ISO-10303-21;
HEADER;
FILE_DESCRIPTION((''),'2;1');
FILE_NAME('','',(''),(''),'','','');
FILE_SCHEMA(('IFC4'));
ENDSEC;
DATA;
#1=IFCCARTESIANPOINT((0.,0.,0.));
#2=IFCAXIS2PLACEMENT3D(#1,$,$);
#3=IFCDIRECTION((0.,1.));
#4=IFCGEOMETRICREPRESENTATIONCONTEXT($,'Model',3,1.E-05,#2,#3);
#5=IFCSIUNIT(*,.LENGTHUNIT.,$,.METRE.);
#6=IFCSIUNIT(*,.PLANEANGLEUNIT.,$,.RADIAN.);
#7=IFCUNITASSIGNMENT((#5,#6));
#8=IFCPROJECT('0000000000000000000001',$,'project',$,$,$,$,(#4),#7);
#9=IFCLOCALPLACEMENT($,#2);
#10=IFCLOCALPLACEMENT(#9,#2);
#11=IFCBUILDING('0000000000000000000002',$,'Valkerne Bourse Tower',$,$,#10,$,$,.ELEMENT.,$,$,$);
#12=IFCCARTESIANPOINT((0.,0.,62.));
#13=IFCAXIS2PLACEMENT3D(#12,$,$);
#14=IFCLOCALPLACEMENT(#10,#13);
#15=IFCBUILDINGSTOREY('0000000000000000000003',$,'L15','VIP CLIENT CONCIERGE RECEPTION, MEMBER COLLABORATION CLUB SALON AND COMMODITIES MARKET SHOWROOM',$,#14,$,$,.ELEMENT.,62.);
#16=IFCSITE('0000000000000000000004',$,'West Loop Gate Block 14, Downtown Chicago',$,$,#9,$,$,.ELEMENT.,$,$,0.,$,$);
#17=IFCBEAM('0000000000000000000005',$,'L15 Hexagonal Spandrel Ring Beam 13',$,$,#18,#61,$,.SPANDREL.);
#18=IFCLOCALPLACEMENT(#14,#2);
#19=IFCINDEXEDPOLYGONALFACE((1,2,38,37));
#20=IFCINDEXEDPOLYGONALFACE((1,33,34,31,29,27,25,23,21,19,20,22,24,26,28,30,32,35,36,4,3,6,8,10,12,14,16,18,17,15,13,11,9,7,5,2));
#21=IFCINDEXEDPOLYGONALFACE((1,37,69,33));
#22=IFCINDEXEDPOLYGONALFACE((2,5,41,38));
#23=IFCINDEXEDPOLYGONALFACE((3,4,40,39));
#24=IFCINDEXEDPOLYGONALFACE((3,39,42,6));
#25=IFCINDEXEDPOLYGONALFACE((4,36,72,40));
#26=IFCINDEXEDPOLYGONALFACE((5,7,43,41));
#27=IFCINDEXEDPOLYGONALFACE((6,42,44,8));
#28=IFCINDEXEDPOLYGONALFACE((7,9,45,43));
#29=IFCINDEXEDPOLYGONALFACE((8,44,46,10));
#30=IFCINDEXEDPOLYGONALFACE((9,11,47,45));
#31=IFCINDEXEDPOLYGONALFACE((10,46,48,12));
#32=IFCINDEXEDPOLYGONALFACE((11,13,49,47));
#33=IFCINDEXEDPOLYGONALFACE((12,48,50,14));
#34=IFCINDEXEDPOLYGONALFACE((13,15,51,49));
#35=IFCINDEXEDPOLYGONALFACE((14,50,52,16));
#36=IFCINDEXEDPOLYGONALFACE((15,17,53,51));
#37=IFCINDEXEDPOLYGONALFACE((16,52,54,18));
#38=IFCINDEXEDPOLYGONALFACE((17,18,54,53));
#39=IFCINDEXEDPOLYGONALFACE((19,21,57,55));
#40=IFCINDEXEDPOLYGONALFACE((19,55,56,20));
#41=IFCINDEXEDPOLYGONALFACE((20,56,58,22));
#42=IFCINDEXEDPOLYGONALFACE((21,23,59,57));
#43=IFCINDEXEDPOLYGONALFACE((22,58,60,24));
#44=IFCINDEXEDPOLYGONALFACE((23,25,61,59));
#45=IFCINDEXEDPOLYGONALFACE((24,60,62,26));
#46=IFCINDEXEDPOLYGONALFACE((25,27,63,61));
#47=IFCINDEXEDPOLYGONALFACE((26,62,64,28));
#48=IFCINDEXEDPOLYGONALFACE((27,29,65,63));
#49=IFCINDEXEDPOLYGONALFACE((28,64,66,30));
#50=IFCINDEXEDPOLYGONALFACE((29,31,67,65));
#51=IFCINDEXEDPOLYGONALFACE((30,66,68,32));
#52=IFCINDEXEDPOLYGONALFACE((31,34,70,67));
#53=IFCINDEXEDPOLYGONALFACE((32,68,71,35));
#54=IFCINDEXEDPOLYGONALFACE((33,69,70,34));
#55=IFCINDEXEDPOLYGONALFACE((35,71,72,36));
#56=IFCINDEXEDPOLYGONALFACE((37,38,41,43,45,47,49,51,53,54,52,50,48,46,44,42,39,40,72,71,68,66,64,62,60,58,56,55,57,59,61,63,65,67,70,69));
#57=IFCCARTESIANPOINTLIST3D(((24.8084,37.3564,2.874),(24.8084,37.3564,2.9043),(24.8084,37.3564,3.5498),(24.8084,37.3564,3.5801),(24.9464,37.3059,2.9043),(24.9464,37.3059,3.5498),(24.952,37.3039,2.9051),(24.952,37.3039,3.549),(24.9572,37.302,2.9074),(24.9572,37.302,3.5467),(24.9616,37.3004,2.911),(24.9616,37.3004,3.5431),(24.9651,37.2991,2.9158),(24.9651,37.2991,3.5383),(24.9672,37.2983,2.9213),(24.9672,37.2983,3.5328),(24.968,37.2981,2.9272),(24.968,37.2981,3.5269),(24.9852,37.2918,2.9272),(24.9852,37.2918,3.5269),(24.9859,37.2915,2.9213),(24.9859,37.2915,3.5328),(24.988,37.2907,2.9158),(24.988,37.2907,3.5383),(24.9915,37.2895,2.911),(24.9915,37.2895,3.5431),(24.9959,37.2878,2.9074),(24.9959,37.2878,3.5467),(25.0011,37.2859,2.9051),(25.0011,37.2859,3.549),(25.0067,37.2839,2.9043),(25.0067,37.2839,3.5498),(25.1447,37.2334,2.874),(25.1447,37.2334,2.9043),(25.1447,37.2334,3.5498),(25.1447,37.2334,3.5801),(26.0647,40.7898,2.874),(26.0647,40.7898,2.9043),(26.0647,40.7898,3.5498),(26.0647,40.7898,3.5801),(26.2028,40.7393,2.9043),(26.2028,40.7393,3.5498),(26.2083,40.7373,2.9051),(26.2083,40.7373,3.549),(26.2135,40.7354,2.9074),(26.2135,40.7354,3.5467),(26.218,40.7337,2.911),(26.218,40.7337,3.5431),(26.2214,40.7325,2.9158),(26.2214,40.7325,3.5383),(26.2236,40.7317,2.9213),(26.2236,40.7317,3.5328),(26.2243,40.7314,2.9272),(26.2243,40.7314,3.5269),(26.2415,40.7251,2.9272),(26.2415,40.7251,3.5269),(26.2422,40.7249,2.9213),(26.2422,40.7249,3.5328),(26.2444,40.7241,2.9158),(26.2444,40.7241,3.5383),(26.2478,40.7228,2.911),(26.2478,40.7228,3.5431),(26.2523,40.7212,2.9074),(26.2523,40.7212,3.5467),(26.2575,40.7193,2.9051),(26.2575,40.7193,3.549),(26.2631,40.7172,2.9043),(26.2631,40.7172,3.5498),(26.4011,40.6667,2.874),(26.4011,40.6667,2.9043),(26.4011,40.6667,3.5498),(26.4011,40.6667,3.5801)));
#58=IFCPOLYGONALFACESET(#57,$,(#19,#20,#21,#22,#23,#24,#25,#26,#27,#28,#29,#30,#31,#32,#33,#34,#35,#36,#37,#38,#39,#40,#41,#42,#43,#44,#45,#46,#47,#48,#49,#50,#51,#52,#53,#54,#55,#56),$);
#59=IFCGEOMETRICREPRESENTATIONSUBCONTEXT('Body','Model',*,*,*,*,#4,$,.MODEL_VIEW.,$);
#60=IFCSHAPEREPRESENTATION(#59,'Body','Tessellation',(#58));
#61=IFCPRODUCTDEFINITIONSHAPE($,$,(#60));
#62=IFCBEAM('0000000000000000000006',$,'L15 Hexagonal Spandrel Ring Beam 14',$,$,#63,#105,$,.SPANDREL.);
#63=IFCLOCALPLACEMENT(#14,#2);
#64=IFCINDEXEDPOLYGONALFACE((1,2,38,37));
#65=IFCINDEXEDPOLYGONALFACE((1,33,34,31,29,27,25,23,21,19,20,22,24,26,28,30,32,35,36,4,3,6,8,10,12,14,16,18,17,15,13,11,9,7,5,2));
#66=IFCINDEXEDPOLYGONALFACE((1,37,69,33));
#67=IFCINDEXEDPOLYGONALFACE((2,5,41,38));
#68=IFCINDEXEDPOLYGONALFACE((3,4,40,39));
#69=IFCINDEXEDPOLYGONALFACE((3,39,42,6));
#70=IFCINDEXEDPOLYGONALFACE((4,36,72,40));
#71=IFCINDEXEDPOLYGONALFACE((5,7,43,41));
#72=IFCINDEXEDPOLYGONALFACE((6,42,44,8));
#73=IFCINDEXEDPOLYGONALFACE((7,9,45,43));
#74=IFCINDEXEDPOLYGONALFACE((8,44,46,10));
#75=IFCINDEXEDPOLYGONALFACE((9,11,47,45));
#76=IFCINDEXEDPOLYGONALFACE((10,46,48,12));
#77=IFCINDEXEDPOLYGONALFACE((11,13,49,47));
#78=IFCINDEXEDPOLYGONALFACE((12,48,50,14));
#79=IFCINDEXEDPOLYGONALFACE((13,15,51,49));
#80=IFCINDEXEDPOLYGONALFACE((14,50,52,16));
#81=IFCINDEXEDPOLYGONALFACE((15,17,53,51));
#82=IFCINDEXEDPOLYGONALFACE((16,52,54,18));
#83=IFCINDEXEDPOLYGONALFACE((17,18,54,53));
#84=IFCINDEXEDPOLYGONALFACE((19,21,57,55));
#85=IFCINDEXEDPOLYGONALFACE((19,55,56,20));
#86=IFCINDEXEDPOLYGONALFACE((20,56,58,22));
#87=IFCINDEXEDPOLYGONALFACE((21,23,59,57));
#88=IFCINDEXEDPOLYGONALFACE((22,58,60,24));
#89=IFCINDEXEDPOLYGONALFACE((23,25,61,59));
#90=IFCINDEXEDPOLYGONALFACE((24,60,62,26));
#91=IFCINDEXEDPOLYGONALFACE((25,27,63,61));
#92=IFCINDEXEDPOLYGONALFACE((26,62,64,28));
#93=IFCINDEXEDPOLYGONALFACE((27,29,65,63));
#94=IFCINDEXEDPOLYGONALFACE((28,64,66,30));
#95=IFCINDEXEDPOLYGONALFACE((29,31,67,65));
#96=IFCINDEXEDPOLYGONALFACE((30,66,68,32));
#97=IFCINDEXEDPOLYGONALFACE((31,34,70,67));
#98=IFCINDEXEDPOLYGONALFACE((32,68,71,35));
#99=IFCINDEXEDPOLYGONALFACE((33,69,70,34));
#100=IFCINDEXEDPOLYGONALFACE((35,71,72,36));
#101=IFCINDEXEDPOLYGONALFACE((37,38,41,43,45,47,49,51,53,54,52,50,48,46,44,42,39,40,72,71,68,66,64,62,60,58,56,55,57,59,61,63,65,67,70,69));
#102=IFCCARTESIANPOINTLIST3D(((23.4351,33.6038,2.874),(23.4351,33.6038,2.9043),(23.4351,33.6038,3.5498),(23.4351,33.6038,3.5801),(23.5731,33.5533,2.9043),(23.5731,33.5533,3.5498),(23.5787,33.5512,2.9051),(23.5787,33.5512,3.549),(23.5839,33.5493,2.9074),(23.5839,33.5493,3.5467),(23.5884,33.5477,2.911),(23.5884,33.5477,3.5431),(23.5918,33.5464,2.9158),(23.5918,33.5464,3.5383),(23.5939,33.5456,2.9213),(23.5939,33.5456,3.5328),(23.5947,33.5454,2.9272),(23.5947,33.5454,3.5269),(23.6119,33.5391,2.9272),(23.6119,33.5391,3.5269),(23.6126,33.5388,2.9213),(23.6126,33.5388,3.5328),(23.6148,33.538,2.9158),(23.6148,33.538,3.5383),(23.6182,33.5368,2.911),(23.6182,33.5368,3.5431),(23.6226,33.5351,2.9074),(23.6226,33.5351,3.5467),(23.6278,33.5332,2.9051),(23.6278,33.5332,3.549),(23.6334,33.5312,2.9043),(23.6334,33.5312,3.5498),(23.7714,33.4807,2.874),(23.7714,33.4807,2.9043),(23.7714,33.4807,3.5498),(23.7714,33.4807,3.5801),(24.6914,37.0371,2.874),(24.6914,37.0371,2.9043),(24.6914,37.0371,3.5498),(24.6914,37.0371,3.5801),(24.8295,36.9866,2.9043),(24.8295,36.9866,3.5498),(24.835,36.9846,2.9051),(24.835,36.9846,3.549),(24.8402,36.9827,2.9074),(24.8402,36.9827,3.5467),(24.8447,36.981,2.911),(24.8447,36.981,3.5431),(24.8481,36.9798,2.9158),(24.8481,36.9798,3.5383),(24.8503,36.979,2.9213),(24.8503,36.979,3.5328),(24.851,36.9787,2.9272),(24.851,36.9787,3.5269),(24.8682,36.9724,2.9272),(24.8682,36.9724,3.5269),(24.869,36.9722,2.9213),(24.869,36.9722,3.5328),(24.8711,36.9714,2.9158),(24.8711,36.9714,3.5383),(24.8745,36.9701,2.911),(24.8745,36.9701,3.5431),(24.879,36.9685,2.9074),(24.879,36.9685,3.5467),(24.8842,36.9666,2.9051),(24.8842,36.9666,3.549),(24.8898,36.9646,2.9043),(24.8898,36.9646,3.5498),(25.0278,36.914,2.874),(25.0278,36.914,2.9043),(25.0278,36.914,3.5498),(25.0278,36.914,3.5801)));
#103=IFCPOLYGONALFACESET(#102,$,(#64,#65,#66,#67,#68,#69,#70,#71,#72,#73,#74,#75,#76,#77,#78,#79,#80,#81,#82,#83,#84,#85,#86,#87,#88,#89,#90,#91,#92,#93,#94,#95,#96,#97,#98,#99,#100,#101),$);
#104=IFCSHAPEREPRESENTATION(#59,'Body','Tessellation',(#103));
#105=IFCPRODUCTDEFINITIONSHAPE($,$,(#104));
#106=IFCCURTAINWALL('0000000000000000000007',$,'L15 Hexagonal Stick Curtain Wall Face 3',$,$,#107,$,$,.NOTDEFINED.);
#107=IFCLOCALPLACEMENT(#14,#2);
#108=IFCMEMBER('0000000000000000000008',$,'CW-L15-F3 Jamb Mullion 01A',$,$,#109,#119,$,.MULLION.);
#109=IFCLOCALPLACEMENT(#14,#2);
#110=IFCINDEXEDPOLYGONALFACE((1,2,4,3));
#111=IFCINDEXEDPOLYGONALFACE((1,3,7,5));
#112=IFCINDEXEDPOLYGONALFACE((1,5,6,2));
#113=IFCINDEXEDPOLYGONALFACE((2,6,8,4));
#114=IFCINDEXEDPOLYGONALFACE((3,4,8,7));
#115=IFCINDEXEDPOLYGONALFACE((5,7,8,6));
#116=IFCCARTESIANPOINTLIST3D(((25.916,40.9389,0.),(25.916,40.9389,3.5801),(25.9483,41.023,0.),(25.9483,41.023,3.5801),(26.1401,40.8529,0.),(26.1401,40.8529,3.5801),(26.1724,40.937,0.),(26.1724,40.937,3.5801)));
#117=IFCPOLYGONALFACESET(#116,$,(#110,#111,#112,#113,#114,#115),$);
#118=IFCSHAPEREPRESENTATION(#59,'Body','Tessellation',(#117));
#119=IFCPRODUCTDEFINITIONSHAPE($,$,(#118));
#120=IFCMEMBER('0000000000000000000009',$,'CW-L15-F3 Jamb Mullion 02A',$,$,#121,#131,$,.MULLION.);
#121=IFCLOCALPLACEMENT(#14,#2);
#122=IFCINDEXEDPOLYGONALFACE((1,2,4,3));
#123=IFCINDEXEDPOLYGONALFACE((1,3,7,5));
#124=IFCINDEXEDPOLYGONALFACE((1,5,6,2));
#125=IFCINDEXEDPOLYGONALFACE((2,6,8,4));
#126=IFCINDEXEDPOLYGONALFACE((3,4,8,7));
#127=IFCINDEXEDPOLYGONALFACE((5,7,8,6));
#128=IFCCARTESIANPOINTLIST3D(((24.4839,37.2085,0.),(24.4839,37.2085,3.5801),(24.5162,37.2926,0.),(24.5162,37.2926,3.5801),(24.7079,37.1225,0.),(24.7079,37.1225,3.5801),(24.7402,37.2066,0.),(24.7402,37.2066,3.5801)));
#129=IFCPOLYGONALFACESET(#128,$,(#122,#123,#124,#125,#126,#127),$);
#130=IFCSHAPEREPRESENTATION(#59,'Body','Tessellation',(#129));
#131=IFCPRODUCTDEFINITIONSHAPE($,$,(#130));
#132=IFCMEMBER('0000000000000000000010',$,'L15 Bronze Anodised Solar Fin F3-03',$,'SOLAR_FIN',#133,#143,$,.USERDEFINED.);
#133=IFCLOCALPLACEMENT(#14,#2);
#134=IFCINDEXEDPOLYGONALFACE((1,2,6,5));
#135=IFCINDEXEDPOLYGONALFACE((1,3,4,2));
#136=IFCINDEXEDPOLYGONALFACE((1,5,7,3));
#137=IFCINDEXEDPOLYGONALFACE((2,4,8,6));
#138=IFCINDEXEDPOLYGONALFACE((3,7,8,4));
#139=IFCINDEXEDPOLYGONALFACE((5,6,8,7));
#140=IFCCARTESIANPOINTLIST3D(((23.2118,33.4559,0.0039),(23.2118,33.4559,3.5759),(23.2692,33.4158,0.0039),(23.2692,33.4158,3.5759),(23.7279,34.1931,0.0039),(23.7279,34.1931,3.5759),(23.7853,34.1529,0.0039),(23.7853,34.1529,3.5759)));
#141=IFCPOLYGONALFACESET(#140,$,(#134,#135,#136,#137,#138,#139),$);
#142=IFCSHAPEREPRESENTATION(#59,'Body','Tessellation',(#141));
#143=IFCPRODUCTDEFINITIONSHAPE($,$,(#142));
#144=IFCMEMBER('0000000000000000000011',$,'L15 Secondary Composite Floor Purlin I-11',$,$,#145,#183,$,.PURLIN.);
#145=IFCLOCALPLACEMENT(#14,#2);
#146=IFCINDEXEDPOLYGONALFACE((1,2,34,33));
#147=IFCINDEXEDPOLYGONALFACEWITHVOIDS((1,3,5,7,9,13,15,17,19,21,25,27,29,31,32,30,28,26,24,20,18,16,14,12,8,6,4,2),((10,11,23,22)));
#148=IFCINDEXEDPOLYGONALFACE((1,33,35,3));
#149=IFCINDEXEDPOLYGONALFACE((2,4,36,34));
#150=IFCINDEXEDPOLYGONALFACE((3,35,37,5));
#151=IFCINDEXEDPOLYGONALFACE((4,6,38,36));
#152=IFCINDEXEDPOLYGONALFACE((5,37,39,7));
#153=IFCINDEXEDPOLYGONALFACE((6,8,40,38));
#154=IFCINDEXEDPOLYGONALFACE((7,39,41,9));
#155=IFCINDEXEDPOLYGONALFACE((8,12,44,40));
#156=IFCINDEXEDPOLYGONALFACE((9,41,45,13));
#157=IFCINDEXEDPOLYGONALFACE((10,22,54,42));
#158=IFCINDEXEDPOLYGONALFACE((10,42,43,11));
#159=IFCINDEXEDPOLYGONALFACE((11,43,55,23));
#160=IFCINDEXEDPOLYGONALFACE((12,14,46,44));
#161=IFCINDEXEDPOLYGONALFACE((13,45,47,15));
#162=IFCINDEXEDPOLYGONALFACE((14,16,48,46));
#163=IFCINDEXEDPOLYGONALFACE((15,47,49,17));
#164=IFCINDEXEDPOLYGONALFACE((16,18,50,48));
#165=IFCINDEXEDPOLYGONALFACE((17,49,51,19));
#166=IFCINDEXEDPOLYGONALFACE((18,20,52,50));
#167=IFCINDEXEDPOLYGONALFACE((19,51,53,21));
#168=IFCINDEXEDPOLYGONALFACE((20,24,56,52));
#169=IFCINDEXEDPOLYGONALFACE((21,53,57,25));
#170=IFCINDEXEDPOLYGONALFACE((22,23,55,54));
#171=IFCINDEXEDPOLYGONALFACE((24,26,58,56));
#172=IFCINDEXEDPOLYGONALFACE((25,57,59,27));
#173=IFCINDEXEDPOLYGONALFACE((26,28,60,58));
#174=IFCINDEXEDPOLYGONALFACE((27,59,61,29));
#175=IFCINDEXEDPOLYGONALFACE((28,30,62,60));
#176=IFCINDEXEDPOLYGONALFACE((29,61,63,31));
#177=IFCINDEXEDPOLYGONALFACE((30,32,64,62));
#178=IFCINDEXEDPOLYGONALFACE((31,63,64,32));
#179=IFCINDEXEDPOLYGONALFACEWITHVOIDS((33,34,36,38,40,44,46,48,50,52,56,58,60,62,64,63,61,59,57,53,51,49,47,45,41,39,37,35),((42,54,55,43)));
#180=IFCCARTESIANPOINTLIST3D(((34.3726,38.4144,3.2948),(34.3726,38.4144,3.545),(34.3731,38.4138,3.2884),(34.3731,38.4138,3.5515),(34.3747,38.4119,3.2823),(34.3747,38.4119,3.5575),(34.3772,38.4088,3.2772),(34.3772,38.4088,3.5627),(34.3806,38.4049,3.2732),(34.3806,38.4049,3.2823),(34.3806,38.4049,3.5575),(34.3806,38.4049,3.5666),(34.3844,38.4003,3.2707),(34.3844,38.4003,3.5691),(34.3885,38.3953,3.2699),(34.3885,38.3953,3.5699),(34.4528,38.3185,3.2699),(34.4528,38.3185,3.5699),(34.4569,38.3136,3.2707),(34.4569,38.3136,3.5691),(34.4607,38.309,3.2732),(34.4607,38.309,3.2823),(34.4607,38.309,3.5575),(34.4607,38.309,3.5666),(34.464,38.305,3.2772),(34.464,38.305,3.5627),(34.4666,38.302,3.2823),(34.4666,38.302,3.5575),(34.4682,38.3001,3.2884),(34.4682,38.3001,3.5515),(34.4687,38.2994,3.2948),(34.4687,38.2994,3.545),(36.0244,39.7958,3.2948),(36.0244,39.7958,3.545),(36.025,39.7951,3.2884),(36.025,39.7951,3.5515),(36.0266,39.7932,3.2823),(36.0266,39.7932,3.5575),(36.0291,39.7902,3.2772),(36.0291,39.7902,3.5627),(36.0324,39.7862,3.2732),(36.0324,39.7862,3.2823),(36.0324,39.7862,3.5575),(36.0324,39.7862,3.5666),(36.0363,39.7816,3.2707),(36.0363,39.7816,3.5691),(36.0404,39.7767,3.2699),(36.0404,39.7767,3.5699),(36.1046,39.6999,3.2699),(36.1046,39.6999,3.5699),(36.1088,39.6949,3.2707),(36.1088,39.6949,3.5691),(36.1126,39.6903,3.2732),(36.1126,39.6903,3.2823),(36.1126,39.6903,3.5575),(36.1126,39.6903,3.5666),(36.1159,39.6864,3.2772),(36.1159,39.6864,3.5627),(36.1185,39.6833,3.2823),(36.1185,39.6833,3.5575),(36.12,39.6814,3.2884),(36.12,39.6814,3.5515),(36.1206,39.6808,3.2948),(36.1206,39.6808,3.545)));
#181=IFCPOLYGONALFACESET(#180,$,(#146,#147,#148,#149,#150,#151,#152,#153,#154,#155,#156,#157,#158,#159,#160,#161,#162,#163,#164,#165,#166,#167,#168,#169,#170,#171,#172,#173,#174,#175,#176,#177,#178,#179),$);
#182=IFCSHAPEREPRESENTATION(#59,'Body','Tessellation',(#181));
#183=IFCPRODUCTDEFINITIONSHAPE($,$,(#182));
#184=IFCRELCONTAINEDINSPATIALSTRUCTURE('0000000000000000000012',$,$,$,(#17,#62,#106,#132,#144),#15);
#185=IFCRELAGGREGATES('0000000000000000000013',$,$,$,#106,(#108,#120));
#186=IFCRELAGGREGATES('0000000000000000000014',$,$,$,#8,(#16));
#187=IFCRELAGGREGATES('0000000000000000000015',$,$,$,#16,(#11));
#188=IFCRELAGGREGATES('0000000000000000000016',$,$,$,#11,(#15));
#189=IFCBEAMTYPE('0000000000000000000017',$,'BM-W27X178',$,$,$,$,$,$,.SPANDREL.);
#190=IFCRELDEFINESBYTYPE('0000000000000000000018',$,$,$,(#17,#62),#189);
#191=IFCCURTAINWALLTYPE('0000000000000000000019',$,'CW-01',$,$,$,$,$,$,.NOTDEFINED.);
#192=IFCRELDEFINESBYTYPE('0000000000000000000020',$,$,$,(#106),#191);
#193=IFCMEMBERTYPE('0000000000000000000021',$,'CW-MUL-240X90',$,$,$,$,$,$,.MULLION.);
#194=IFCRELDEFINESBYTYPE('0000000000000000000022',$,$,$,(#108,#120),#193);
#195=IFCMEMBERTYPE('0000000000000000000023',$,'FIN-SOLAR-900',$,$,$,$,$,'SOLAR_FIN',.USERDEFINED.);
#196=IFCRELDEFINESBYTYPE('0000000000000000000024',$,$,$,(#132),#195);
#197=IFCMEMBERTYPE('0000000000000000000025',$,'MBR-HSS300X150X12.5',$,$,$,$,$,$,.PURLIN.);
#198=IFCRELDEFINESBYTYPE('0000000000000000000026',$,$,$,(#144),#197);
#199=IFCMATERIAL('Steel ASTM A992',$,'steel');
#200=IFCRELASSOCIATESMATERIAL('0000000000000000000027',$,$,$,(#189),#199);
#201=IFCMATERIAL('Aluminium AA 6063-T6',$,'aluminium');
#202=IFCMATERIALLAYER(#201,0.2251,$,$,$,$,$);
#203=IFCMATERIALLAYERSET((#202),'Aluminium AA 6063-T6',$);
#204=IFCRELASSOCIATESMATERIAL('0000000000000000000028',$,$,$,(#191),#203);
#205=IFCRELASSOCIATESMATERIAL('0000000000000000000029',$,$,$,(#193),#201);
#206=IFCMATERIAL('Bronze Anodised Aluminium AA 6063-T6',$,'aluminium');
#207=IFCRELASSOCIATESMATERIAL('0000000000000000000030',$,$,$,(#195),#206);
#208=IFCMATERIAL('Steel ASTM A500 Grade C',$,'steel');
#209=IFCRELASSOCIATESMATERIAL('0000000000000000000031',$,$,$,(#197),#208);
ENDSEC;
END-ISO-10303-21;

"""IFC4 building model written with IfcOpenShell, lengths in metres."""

from ifc_helpers import new_model, si_unit, direction, frame, origin, origin_2d, place, context, subcontext, project, spatial, rectangle, hollow_rectangle, i_section, extrude, material, layer, layer_set, material_profile, profile_set, type_object, element, aggregate, save


model = new_model("IFC4")

# Units and contexts
model_context = context("Model", 3, precision=1e-05, world=origin(), true_north=direction((0.0, 1.0)))
body_context = subcontext(model_context, "Body", "Model", "MODEL_VIEW")
ifc_project = project(units=[si_unit("LENGTHUNIT", "METRE"), si_unit("PLANEANGLEUNIT", "RADIAN")], contexts=[model_context])

# Site, building, storey
site_placement = place(None, origin())
site = spatial("IfcSite", under=ifc_project, at=site_placement, Name="West Loop Gate Block 14, Downtown Chicago", CompositionType="ELEMENT", RefElevation=0.0)
building_placement = place(site_placement, origin())
building = spatial("IfcBuilding", under=site, at=building_placement, Name="Valkerne Bourse Tower", CompositionType="ELEMENT")
storey_placement = place(building_placement, frame((0.0, 0.0, 62.0)))
storey = spatial("IfcBuildingStorey", under=building, at=storey_placement, Name="L15", Description="VIP CLIENT CONCIERGE RECEPTION, MEMBER COLLABORATION CLUB SALON AND COMMODITIES MARKET SHOWROOM", CompositionType="ELEMENT", Elevation=62.0)

# Beams
ifc_material_1 = material(Name="Steel ASTM A992", Category="steel")
ifc_material_profile_1 = material_profile(ifc_material_1, i_section(OverallWidth=0.3582, OverallDepth=0.7061, WebThickness=0.0183, FlangeThickness=0.0303, FilletRadius=0.0229, at=origin_2d()), Name="W27X178")
ifc_profile_set_1 = profile_set([ifc_material_profile_1], Name="Steel ASTM A992")
beam_type_1 = type_object("IfcBeamType", Name="BM-W27X178", PredefinedType="SPANDREL", material=ifc_profile_set_1)
for number, where, z_axis, x_axis, name in (
    (1, (26.2329, 40.7283, 3.2271), (-0.34364, -0.939101, 0.0), (0.939101, -0.34364, 0.0), "L15 Hexagonal Spandrel Ring Beam 13"),
    (2, (24.8596, 36.9756, 3.2271), (-0.34364, -0.939101, 0.0), (0.939101, -0.34364, 0.0), "L15 Hexagonal Spandrel Ring Beam 14"),
):
    element("IfcBeam", number, at=place(storey_placement, frame(where, z_axis=z_axis, x_axis=x_axis)), inside=storey, type_object=beam_type_1, Name=name, PredefinedType="SPANDREL", context=body_context, shape_type="SweptSolid", body=[
        extrude(i_section(OverallWidth=0.3582, OverallDepth=0.7061, WebThickness=0.0183, FlangeThickness=0.0303, FilletRadius=0.0229, at=origin_2d()), origin(), (0.0, 0.0, 1.0), 3.656),
    ])

# Curtain wall, members
ifc_material_2 = material(Name="Aluminium AA 6063-T6", Category="aluminium")
ifc_layer_1 = layer(ifc_material_2, 0.2251)
ifc_layer_set_1 = layer_set([ifc_layer_1], Name="Aluminium AA 6063-T6")
curtain_wall_type = type_object("IfcCurtainWallType", Name="CW-01", PredefinedType="NOTDEFINED", material=ifc_layer_set_1)
curtain_wall_placement = place(storey_placement, origin())
curtain_wall = element("IfcCurtainWall", 3, at=curtain_wall_placement, inside=storey, type_object=curtain_wall_type, Name="L15 Hexagonal Stick Curtain Wall Face 3", PredefinedType="NOTDEFINED")
ifc_material_profile_2 = material_profile(ifc_material_2, rectangle(XDim=0.0901, YDim=0.24, at=origin_2d()), Name="CWM-90X240")
ifc_profile_set_2 = profile_set([ifc_material_profile_2], Name="Aluminium AA 6063-T6")
member_type_1 = type_object("IfcMemberType", Name="CW-MUL-240X90", PredefinedType="MULLION", material=ifc_profile_set_2)
member_1_placement = place(storey_placement, frame((26.0442, 40.938, 0.0), z_axis=(0.0, 0.0, 1.0), x_axis=(-0.35838, -0.933576, 0.0)))
member_1 = element("IfcMember", 4, at=member_1_placement, type_object=member_type_1, Name="CW-L15-F3 Jamb Mullion 01A", PredefinedType="MULLION", context=body_context, shape_type="SweptSolid", body=[
    extrude(rectangle(XDim=0.0901, YDim=0.24, at=origin_2d()), origin(), (0.0, 0.0, 1.0), 3.5801),
])
member_2_placement = place(storey_placement, frame((24.6121, 37.2075, 0.0), z_axis=(0.0, 0.0, 1.0), x_axis=(-0.358359, -0.933584, 0.0)))
member_2 = element("IfcMember", 5, at=member_2_placement, type_object=member_type_1, Name="CW-L15-F3 Jamb Mullion 02A", PredefinedType="MULLION", context=body_context, shape_type="SweptSolid", body=[
    extrude(rectangle(XDim=0.0901, YDim=0.24, at=origin_2d()), origin(), (0.0, 0.0, 1.0), 3.5801),
])

# Members
ifc_material_3 = material(Name="Bronze Anodised Aluminium AA 6063-T6", Category="aluminium")
ifc_material_profile_3 = material_profile(ifc_material_3, rectangle(XDim=0.0701, YDim=0.8999, at=origin_2d()), Name="FIN-70X900")
ifc_profile_set_3 = profile_set([ifc_material_profile_3], Name="Bronze Anodised Aluminium AA 6063-T6")
member_type_2 = type_object("IfcMemberType", Name="FIN-SOLAR-900", ElementType="SOLAR_FIN", PredefinedType="USERDEFINED", material=ifc_profile_set_3)
member_3_placement = place(storey_placement, frame((23.4985, 33.8044, 0.0039), z_axis=(0.0, 0.0, 1.0), x_axis=(-0.819192, 0.573519, 0.0)))
element("IfcMember", 6, at=member_3_placement, inside=storey, type_object=member_type_2, Name="L15 Bronze Anodised Solar Fin F3-03", ObjectType="SOLAR_FIN", PredefinedType="USERDEFINED", context=body_context, shape_type="SweptSolid", body=[
    extrude(rectangle(XDim=0.0701, YDim=0.8999, at=origin_2d()), origin(), (0.0, 0.0, 1.0), 3.572),
])
ifc_material_4 = material(Name="Steel ASTM A500 Grade C", Category="steel")
ifc_material_profile_4 = material_profile(ifc_material_4, hollow_rectangle(XDim=0.1499, YDim=0.3, WallThickness=0.0125, OuterFilletRadius=0.0249, at=origin_2d()), Name="HSS300X150X12.5")
ifc_profile_set_4 = profile_set([ifc_material_profile_4], Name="Steel ASTM A500 Grade C")
member_type_3 = type_object("IfcMemberType", Name="MBR-HSS300X150X12.5", PredefinedType="PURLIN", material=ifc_profile_set_4)
member_4_placement = place(storey_placement, frame((36.0725, 39.7383, 3.4199), z_axis=(-0.767124, -0.641499, 0.0), x_axis=(0.641499, -0.767124, 0.0)))
element("IfcMember", 7, at=member_4_placement, inside=storey, type_object=member_type_3, Name="L15 Secondary Composite Floor Purlin I-11", PredefinedType="PURLIN", context=body_context, shape_type="SweptSolid", body=[
    extrude(hollow_rectangle(XDim=0.1499, YDim=0.3, WallThickness=0.0125, OuterFilletRadius=0.0249, at=origin_2d()), origin(), (0.0, 0.0, 1.0), 2.1533),
])

aggregate(curtain_wall, [member_1, member_2])

save(model, "model.ifc")
